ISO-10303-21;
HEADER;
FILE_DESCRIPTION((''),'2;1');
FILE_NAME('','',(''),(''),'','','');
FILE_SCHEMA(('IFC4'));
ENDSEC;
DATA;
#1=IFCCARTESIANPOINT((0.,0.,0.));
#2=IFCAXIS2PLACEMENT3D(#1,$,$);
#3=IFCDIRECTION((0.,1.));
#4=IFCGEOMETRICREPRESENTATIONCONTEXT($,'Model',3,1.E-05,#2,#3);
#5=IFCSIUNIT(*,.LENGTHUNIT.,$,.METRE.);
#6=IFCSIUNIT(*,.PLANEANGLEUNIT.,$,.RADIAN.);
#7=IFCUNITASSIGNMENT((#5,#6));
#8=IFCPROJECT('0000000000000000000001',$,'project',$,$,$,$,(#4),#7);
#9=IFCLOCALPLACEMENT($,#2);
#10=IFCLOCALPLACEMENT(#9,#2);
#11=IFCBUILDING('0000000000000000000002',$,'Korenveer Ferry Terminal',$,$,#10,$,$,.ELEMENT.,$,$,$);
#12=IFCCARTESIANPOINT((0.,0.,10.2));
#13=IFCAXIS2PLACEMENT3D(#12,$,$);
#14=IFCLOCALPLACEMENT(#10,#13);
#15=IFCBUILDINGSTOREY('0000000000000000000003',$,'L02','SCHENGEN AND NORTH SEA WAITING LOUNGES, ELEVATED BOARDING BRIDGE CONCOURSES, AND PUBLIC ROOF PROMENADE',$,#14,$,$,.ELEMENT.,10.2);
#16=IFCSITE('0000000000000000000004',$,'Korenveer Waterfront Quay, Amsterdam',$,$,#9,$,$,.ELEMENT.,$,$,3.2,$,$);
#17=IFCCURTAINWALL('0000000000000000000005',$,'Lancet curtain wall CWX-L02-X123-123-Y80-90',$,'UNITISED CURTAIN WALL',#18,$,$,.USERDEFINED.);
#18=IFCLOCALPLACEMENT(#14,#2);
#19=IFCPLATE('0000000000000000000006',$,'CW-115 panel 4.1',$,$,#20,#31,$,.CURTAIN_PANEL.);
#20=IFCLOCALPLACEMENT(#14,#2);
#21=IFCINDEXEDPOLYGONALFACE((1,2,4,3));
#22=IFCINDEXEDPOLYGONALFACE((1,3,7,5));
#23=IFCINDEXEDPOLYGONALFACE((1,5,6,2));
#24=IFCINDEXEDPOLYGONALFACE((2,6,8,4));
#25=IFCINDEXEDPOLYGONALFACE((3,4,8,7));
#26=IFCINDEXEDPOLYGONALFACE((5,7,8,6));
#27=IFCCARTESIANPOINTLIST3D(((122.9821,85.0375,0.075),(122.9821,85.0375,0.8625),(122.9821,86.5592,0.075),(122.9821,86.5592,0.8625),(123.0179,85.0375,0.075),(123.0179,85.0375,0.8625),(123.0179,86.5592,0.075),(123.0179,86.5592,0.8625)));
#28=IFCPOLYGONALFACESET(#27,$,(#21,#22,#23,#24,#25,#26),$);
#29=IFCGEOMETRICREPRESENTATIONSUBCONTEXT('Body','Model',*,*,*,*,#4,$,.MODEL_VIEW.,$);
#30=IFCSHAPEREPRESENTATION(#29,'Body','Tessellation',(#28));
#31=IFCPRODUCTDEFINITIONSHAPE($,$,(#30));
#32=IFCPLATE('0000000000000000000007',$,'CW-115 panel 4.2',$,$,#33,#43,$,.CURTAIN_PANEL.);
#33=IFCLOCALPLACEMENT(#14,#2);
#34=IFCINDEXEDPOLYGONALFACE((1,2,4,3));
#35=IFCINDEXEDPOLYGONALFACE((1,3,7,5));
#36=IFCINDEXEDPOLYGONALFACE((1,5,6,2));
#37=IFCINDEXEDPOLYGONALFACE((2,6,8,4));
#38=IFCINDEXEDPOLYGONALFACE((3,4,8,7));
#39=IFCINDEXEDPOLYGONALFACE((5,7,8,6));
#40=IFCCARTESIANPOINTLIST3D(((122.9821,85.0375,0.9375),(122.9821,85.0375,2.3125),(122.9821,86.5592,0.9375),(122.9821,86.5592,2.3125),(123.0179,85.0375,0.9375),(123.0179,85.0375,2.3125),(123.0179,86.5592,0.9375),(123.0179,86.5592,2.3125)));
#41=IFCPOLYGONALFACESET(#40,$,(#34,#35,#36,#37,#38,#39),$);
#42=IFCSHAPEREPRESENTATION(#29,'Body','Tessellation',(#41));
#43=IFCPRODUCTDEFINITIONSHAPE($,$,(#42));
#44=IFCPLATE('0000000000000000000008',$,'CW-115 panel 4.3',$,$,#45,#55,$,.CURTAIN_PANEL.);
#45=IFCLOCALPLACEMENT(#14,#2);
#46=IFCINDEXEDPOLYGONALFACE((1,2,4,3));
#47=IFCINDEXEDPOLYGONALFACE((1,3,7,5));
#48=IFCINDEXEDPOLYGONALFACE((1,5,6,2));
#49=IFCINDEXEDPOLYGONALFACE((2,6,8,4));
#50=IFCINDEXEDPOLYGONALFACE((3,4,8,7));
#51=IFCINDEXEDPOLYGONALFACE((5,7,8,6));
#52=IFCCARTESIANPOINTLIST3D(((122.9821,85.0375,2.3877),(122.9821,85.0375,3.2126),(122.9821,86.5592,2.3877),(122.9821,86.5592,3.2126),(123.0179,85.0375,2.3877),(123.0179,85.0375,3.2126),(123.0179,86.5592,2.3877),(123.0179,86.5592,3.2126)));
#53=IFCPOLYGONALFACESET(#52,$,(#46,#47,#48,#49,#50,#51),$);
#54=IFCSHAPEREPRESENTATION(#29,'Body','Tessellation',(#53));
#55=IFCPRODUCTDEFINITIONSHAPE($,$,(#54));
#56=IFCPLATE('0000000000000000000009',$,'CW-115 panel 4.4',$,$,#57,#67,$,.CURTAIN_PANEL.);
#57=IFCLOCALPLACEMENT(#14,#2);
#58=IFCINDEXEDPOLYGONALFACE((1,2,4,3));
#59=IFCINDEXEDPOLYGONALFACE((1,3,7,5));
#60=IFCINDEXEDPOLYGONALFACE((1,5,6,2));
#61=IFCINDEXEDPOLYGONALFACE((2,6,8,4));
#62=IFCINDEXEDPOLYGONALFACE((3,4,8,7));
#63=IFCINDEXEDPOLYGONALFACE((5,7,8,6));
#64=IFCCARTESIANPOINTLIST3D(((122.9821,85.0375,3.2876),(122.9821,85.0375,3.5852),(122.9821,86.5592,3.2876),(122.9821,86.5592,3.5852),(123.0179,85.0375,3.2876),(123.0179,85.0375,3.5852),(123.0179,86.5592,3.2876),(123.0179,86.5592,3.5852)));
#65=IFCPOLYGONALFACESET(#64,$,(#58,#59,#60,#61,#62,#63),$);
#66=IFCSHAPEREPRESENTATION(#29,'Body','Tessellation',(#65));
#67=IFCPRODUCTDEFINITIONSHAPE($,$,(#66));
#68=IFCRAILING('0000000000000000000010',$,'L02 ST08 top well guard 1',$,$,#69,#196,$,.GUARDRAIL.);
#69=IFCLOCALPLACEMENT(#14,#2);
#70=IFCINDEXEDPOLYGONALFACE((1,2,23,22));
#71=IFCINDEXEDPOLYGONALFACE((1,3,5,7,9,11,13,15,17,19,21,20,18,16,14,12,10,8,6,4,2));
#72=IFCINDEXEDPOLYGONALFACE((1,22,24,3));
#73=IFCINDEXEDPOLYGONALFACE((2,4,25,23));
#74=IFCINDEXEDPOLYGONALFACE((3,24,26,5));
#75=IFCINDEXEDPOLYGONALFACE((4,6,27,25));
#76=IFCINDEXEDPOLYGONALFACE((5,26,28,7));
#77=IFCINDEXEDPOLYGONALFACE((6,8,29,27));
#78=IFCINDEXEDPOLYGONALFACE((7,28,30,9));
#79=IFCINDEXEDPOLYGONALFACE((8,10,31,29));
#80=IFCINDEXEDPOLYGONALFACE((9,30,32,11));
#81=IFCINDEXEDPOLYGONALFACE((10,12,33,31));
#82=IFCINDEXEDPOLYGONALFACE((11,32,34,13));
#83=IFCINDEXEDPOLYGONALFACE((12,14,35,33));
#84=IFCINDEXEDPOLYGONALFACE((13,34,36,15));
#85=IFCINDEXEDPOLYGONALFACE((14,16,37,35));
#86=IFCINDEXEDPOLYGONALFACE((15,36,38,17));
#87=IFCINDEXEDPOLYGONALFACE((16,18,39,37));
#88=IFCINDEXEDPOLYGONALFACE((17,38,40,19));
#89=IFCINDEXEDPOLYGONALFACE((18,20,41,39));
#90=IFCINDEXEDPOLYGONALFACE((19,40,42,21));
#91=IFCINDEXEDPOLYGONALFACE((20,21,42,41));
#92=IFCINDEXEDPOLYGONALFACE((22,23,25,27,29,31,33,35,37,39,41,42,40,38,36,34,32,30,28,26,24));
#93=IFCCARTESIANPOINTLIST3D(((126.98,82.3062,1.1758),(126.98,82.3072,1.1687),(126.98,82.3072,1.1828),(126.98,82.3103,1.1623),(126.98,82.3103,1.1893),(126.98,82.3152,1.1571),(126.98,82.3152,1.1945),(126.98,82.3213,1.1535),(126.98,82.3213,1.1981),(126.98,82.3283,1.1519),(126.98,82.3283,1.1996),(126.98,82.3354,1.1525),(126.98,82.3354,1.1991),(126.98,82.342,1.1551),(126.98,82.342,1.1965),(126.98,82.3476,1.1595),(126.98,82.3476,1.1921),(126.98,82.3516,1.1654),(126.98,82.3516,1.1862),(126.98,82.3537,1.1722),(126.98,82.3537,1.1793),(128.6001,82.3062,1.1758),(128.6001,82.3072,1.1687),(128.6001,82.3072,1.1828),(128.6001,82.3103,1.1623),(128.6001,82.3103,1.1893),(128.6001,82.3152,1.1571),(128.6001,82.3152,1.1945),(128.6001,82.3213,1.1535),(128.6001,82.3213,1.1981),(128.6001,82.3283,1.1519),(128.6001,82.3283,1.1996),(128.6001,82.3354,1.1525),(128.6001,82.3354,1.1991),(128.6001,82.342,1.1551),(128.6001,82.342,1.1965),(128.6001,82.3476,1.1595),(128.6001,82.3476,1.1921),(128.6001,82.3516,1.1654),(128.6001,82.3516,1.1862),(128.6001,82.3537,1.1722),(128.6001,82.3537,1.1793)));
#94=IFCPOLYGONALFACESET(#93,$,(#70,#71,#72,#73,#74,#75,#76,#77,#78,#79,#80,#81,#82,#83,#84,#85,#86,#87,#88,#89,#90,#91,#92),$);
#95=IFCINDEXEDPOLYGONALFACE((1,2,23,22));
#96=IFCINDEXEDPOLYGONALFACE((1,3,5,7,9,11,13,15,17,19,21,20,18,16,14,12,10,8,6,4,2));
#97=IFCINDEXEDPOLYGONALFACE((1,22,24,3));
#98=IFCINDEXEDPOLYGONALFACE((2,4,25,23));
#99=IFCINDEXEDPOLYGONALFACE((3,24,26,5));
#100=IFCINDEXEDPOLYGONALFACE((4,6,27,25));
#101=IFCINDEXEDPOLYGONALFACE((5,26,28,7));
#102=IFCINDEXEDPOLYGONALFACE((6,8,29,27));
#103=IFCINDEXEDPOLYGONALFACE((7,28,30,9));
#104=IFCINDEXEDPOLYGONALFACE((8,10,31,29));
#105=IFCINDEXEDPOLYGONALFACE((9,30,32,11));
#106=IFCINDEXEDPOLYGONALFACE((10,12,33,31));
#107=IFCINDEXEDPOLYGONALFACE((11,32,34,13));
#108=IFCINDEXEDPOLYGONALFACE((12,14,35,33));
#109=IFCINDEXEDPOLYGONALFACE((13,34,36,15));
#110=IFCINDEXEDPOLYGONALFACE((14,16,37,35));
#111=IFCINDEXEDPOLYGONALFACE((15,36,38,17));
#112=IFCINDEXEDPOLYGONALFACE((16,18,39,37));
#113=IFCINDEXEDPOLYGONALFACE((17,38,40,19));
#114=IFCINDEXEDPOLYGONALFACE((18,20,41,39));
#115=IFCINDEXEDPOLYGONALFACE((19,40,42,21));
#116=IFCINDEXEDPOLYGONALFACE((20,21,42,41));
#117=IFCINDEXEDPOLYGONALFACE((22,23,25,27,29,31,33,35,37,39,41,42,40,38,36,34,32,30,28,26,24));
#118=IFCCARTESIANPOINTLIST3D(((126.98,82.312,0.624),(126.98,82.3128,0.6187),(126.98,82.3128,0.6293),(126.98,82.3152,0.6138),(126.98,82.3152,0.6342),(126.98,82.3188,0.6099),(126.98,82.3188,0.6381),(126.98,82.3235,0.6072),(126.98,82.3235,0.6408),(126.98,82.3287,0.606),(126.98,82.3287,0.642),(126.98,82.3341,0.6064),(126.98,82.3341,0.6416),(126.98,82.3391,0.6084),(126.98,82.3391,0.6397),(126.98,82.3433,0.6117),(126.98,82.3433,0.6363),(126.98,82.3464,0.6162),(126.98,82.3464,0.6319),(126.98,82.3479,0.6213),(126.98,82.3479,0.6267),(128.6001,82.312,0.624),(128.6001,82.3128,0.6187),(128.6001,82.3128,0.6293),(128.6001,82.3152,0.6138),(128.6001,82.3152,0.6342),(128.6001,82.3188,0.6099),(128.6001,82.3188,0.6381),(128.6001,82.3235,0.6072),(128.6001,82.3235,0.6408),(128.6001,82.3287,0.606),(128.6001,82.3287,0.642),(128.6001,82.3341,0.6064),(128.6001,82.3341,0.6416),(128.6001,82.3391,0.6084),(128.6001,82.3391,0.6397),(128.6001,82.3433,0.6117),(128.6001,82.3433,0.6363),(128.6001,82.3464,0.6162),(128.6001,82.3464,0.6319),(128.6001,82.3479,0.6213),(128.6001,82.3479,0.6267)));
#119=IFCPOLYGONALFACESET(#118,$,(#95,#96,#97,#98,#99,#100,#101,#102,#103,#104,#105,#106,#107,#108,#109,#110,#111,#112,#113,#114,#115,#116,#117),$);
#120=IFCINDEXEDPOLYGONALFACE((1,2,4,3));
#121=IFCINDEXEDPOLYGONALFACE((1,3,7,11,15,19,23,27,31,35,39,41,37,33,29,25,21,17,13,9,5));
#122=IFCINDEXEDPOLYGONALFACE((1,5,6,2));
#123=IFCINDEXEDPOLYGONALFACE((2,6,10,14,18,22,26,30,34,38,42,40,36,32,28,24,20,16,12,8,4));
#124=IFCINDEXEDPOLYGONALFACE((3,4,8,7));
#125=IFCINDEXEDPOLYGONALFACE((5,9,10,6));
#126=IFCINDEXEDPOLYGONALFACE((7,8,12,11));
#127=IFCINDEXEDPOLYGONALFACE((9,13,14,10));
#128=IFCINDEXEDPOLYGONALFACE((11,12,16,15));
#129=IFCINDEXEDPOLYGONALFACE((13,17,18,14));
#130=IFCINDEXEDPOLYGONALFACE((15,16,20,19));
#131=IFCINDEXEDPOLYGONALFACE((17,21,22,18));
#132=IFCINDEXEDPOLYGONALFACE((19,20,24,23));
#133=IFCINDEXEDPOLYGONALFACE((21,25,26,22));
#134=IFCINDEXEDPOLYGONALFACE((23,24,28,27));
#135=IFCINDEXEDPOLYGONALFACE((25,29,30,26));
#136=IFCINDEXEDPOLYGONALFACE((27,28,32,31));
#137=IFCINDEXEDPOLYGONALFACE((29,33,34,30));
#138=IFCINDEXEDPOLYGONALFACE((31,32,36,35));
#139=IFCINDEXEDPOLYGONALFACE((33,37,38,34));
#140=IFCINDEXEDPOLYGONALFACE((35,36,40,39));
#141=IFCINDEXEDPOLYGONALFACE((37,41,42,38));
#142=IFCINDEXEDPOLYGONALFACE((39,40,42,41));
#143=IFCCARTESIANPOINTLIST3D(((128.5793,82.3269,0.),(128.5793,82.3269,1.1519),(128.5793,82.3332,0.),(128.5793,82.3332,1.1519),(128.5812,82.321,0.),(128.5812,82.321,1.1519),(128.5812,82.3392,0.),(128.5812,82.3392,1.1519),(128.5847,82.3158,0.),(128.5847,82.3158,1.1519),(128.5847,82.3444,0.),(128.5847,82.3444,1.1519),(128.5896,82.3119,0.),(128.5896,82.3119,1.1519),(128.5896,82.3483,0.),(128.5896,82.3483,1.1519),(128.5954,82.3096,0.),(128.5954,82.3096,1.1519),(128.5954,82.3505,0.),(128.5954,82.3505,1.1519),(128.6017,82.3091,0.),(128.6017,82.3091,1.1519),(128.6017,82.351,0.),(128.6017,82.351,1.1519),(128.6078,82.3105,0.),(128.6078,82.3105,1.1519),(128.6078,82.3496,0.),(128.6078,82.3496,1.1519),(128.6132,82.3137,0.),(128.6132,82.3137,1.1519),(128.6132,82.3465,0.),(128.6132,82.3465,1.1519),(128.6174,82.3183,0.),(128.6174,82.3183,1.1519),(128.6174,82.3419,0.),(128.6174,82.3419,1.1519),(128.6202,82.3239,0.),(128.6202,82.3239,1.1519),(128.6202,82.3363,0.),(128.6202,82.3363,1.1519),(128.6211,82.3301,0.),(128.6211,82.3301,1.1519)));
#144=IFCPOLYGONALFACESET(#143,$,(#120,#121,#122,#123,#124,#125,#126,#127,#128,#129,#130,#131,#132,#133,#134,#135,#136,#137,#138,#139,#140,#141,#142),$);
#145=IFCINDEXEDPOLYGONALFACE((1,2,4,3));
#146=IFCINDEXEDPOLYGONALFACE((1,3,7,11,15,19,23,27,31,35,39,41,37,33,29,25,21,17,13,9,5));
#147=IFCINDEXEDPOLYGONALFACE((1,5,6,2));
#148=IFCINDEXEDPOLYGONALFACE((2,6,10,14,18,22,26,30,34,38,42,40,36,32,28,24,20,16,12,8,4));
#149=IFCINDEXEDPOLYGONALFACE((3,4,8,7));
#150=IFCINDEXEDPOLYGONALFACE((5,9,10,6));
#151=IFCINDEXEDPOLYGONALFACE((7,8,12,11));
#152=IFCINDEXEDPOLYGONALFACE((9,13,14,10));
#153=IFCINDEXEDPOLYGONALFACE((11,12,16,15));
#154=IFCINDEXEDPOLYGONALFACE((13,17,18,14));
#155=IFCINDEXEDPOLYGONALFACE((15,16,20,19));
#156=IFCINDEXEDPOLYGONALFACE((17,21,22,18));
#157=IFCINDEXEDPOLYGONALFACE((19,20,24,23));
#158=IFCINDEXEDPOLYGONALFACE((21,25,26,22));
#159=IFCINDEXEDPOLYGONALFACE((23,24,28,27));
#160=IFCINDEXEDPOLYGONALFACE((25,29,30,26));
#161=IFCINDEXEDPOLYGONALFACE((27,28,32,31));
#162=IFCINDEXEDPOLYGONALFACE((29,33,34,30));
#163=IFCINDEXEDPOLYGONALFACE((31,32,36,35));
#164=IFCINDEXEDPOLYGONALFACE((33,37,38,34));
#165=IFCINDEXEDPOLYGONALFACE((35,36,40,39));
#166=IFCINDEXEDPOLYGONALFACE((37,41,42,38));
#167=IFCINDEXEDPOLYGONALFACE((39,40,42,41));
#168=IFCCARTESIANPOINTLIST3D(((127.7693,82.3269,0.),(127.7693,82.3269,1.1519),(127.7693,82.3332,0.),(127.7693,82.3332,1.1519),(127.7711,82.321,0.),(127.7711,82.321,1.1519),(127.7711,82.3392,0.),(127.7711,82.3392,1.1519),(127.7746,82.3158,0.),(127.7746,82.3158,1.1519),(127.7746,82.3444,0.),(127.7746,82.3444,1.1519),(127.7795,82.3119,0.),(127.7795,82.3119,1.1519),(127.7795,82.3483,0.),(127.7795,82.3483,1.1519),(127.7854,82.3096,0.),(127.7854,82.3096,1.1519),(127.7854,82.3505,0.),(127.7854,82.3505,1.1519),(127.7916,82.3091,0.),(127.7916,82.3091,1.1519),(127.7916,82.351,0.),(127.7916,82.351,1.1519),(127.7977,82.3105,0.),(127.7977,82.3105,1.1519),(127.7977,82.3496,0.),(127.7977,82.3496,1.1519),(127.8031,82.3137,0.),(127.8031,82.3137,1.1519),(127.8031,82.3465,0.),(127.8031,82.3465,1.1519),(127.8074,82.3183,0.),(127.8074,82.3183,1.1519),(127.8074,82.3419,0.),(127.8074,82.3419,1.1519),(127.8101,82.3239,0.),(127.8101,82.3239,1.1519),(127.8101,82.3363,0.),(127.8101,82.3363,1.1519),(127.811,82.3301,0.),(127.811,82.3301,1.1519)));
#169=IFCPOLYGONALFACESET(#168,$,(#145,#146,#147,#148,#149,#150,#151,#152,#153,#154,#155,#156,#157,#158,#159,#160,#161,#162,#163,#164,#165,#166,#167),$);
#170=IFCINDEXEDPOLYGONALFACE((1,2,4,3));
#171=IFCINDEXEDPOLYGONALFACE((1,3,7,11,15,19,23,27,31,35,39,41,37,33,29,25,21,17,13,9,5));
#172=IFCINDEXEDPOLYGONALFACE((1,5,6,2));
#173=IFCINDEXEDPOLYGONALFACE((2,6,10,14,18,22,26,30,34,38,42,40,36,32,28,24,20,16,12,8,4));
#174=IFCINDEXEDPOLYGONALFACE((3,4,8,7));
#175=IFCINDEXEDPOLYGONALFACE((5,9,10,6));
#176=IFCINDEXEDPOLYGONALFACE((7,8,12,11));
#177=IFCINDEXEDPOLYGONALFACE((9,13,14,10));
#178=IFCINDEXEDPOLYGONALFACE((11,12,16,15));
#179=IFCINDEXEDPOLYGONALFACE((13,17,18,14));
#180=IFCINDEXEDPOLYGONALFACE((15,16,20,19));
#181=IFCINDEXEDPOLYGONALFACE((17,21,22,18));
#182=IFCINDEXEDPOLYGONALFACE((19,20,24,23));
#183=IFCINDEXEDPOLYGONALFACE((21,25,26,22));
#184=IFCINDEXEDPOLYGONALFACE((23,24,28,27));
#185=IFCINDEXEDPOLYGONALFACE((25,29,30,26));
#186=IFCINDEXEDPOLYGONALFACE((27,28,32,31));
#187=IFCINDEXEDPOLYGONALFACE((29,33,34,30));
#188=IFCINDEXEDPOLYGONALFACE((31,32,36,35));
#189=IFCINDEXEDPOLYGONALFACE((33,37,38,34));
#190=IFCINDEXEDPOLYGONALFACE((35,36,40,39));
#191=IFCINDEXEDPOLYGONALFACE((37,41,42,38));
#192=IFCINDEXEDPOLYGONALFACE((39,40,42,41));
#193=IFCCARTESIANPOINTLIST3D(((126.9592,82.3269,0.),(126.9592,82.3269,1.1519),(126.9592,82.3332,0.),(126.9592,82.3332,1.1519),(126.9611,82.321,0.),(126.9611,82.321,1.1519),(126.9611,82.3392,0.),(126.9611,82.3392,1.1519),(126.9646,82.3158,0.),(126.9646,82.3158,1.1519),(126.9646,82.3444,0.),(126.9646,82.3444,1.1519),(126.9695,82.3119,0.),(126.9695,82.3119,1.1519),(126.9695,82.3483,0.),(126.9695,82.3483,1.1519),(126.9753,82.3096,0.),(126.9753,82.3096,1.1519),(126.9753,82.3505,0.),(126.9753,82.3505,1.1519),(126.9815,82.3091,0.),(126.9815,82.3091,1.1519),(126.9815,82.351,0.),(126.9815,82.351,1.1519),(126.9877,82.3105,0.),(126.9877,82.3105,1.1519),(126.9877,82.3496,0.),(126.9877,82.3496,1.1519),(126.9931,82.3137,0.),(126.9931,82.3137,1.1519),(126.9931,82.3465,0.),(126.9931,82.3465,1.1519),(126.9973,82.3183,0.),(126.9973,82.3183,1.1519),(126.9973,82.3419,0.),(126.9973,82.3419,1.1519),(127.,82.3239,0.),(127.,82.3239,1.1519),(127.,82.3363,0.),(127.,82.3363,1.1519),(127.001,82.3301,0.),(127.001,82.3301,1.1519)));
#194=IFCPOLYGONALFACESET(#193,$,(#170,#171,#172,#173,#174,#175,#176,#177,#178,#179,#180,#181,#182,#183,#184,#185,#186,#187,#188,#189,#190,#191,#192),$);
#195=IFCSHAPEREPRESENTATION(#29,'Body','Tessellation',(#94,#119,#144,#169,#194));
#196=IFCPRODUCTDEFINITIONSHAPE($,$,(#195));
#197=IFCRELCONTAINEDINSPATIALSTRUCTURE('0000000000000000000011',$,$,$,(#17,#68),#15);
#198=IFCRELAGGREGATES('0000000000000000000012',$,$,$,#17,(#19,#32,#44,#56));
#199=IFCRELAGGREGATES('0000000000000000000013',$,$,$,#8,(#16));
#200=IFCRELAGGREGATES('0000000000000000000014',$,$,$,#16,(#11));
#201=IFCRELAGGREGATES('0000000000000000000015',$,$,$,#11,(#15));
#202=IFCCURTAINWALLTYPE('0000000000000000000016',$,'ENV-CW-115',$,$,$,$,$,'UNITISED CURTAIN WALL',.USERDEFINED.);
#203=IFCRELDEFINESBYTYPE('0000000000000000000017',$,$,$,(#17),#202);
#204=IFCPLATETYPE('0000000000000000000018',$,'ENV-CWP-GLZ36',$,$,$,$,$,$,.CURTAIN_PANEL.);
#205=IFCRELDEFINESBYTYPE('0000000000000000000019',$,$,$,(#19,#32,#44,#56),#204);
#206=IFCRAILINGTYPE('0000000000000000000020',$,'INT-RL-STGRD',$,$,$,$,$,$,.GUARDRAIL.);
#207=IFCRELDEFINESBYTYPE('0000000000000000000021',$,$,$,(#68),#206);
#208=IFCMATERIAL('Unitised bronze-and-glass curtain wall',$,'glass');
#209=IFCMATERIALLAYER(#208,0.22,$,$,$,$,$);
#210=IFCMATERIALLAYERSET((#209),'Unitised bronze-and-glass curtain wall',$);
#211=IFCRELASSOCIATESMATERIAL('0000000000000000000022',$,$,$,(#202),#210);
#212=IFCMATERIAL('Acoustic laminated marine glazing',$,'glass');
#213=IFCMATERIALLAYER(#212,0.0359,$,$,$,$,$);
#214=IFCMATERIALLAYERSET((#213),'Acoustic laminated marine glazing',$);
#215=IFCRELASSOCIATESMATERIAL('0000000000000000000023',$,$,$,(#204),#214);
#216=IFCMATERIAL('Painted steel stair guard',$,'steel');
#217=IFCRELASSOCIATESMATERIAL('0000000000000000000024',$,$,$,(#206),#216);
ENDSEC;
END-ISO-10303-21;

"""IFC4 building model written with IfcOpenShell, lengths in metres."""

from ifc_helpers import new_model, si_unit, direction, frame, origin, origin_2d, place, context, subcontext, project, spatial, rectangle, circle, extrude, material, layer, layer_set, type_object, element, aggregate, save


model = new_model("IFC4")

# Units and contexts
model_context = context("Model", 3, precision=1e-05, world=origin(), true_north=direction((0.0, 1.0)))
body_context = subcontext(model_context, "Body", "Model", "MODEL_VIEW")
ifc_project = project(units=[si_unit("LENGTHUNIT", "METRE"), si_unit("PLANEANGLEUNIT", "RADIAN")], contexts=[model_context])

# Site, building, storey
site_placement = place(None, origin())
site = spatial("IfcSite", under=ifc_project, at=site_placement, Name="Korenveer Waterfront Quay, Amsterdam", CompositionType="ELEMENT", RefElevation=3.2)
building_placement = place(site_placement, origin())
building = spatial("IfcBuilding", under=site, at=building_placement, Name="Korenveer Ferry Terminal", CompositionType="ELEMENT")
storey_placement = place(building_placement, frame((0.0, 0.0, 10.2)))
storey = spatial("IfcBuildingStorey", under=building, at=storey_placement, Name="L02", Description="SCHENGEN AND NORTH SEA WAITING LOUNGES, ELEVATED BOARDING BRIDGE CONCOURSES, AND PUBLIC ROOF PROMENADE", CompositionType="ELEMENT", Elevation=10.2)

# Curtain wall, plates
ifc_material_1 = material(Name="Unitised bronze-and-glass curtain wall", Category="glass")
ifc_layer_1 = layer(ifc_material_1, 0.22)
ifc_layer_set_1 = layer_set([ifc_layer_1], Name="Unitised bronze-and-glass curtain wall")
curtain_wall_type = type_object("IfcCurtainWallType", Name="ENV-CW-115", ElementType="UNITISED CURTAIN WALL", PredefinedType="USERDEFINED", material=ifc_layer_set_1)
curtain_wall_placement = place(storey_placement, frame((123.0, 80.21, 0.0)))
curtain_wall = element("IfcCurtainWall", 1, at=curtain_wall_placement, inside=storey, type_object=curtain_wall_type, Name="Lancet curtain wall CWX-L02-X123-123-Y80-90", ObjectType="UNITISED CURTAIN WALL", PredefinedType="USERDEFINED")
ifc_material_2 = material(Name="Acoustic laminated marine glazing", Category="glass")
ifc_layer_2 = layer(ifc_material_2, 0.0359)
ifc_layer_set_2 = layer_set([ifc_layer_2], Name="Acoustic laminated marine glazing")
plate_type = type_object("IfcPlateType", Name="ENV-CWP-GLZ36", PredefinedType="CURTAIN_PANEL", material=ifc_layer_set_2)
plate_1_placement = place(storey_placement, frame((123.0, 85.7983, 0.075), z_axis=(0.0, 0.0, 1.0), x_axis=(0.0, 1.0, 0.0)))
plate_1 = element("IfcPlate", 2, at=plate_1_placement, type_object=plate_type, Name="CW-115 panel 4.1", PredefinedType="CURTAIN_PANEL", context=body_context, shape_type="SweptSolid", body=[
    extrude(rectangle(XDim=1.5217, YDim=0.0359, at=origin_2d()), origin(), (0.0, 0.0, 1.0), 0.7876),
])
plate_2_placement = place(storey_placement, frame((123.0, 85.7983, 0.9375), z_axis=(0.0, 0.0, 1.0), x_axis=(0.0, 1.0, 0.0)))
plate_2 = element("IfcPlate", 3, at=plate_2_placement, type_object=plate_type, Name="CW-115 panel 4.2", PredefinedType="CURTAIN_PANEL", context=body_context, shape_type="SweptSolid", body=[
    extrude(rectangle(XDim=1.5217, YDim=0.0359, at=origin_2d()), origin(), (0.0, 0.0, 1.0), 1.375),
])
plate_3_placement = place(storey_placement, frame((123.0, 85.7983, 2.3877), z_axis=(0.0, 0.0, 1.0), x_axis=(0.0, 1.0, 0.0)))
plate_3 = element("IfcPlate", 4, at=plate_3_placement, type_object=plate_type, Name="CW-115 panel 4.3", PredefinedType="CURTAIN_PANEL", context=body_context, shape_type="SweptSolid", body=[
    extrude(rectangle(XDim=1.5217, YDim=0.0359, at=origin_2d()), origin(), (0.0, 0.0, 1.0), 0.825),
])
plate_4_placement = place(storey_placement, frame((123.0, 85.7983, 3.2876), z_axis=(0.0, 0.0, 1.0), x_axis=(0.0, 1.0, 0.0)))
plate_4 = element("IfcPlate", 5, at=plate_4_placement, type_object=plate_type, Name="CW-115 panel 4.4", PredefinedType="CURTAIN_PANEL", context=body_context, shape_type="SweptSolid", body=[
    extrude(rectangle(XDim=1.5217, YDim=0.0359, at=origin_2d()), origin(), (0.0, 0.0, 1.0), 0.2976),
])
aggregate(curtain_wall, [plate_1, plate_2, plate_3, plate_4])

# Railing
ifc_material_3 = material(Name="Painted steel stair guard", Category="steel")
railing_type = type_object("IfcRailingType", Name="INT-RL-STGRD", PredefinedType="GUARDRAIL", material=ifc_material_3)
railing_placement = place(storey_placement, frame((128.6001, 82.3301, 0.0)))
element("IfcRailing", 6, at=railing_placement, inside=storey, type_object=railing_type, Name="L02 ST08 top well guard 1", PredefinedType="GUARDRAIL", context=body_context, shape_type="SweptSolid", body=[
    extrude(circle(Radius=0.0239, at=origin_2d()), frame((0.0, 0.0, 1.1758), z_axis=(-1.0, 0.0, 0.0), x_axis=(0.0, -1.0, 0.0)), (0.0, 0.0, 1.0), 1.6201),
    extrude(circle(Radius=0.0181, at=origin_2d()), frame((0.0, 0.0, 0.624), z_axis=(-1.0, 0.0, 0.0), x_axis=(0.0, -1.0, 0.0)), (0.0, 0.0, 1.0), 1.6201),
    extrude(circle(Radius=0.021, at=origin_2d()), origin(), (0.0, 0.0, 1.0), 1.1519),
    extrude(circle(Radius=0.021, at=origin_2d()), frame((-0.8101, 0.0, 0.0)), (0.0, 0.0, 1.0), 1.1519),
    extrude(circle(Radius=0.021, at=origin_2d()), frame((-1.6201, 0.0, 0.0)), (0.0, 0.0, 1.0), 1.1519),
])

save(model, "model.ifc")
